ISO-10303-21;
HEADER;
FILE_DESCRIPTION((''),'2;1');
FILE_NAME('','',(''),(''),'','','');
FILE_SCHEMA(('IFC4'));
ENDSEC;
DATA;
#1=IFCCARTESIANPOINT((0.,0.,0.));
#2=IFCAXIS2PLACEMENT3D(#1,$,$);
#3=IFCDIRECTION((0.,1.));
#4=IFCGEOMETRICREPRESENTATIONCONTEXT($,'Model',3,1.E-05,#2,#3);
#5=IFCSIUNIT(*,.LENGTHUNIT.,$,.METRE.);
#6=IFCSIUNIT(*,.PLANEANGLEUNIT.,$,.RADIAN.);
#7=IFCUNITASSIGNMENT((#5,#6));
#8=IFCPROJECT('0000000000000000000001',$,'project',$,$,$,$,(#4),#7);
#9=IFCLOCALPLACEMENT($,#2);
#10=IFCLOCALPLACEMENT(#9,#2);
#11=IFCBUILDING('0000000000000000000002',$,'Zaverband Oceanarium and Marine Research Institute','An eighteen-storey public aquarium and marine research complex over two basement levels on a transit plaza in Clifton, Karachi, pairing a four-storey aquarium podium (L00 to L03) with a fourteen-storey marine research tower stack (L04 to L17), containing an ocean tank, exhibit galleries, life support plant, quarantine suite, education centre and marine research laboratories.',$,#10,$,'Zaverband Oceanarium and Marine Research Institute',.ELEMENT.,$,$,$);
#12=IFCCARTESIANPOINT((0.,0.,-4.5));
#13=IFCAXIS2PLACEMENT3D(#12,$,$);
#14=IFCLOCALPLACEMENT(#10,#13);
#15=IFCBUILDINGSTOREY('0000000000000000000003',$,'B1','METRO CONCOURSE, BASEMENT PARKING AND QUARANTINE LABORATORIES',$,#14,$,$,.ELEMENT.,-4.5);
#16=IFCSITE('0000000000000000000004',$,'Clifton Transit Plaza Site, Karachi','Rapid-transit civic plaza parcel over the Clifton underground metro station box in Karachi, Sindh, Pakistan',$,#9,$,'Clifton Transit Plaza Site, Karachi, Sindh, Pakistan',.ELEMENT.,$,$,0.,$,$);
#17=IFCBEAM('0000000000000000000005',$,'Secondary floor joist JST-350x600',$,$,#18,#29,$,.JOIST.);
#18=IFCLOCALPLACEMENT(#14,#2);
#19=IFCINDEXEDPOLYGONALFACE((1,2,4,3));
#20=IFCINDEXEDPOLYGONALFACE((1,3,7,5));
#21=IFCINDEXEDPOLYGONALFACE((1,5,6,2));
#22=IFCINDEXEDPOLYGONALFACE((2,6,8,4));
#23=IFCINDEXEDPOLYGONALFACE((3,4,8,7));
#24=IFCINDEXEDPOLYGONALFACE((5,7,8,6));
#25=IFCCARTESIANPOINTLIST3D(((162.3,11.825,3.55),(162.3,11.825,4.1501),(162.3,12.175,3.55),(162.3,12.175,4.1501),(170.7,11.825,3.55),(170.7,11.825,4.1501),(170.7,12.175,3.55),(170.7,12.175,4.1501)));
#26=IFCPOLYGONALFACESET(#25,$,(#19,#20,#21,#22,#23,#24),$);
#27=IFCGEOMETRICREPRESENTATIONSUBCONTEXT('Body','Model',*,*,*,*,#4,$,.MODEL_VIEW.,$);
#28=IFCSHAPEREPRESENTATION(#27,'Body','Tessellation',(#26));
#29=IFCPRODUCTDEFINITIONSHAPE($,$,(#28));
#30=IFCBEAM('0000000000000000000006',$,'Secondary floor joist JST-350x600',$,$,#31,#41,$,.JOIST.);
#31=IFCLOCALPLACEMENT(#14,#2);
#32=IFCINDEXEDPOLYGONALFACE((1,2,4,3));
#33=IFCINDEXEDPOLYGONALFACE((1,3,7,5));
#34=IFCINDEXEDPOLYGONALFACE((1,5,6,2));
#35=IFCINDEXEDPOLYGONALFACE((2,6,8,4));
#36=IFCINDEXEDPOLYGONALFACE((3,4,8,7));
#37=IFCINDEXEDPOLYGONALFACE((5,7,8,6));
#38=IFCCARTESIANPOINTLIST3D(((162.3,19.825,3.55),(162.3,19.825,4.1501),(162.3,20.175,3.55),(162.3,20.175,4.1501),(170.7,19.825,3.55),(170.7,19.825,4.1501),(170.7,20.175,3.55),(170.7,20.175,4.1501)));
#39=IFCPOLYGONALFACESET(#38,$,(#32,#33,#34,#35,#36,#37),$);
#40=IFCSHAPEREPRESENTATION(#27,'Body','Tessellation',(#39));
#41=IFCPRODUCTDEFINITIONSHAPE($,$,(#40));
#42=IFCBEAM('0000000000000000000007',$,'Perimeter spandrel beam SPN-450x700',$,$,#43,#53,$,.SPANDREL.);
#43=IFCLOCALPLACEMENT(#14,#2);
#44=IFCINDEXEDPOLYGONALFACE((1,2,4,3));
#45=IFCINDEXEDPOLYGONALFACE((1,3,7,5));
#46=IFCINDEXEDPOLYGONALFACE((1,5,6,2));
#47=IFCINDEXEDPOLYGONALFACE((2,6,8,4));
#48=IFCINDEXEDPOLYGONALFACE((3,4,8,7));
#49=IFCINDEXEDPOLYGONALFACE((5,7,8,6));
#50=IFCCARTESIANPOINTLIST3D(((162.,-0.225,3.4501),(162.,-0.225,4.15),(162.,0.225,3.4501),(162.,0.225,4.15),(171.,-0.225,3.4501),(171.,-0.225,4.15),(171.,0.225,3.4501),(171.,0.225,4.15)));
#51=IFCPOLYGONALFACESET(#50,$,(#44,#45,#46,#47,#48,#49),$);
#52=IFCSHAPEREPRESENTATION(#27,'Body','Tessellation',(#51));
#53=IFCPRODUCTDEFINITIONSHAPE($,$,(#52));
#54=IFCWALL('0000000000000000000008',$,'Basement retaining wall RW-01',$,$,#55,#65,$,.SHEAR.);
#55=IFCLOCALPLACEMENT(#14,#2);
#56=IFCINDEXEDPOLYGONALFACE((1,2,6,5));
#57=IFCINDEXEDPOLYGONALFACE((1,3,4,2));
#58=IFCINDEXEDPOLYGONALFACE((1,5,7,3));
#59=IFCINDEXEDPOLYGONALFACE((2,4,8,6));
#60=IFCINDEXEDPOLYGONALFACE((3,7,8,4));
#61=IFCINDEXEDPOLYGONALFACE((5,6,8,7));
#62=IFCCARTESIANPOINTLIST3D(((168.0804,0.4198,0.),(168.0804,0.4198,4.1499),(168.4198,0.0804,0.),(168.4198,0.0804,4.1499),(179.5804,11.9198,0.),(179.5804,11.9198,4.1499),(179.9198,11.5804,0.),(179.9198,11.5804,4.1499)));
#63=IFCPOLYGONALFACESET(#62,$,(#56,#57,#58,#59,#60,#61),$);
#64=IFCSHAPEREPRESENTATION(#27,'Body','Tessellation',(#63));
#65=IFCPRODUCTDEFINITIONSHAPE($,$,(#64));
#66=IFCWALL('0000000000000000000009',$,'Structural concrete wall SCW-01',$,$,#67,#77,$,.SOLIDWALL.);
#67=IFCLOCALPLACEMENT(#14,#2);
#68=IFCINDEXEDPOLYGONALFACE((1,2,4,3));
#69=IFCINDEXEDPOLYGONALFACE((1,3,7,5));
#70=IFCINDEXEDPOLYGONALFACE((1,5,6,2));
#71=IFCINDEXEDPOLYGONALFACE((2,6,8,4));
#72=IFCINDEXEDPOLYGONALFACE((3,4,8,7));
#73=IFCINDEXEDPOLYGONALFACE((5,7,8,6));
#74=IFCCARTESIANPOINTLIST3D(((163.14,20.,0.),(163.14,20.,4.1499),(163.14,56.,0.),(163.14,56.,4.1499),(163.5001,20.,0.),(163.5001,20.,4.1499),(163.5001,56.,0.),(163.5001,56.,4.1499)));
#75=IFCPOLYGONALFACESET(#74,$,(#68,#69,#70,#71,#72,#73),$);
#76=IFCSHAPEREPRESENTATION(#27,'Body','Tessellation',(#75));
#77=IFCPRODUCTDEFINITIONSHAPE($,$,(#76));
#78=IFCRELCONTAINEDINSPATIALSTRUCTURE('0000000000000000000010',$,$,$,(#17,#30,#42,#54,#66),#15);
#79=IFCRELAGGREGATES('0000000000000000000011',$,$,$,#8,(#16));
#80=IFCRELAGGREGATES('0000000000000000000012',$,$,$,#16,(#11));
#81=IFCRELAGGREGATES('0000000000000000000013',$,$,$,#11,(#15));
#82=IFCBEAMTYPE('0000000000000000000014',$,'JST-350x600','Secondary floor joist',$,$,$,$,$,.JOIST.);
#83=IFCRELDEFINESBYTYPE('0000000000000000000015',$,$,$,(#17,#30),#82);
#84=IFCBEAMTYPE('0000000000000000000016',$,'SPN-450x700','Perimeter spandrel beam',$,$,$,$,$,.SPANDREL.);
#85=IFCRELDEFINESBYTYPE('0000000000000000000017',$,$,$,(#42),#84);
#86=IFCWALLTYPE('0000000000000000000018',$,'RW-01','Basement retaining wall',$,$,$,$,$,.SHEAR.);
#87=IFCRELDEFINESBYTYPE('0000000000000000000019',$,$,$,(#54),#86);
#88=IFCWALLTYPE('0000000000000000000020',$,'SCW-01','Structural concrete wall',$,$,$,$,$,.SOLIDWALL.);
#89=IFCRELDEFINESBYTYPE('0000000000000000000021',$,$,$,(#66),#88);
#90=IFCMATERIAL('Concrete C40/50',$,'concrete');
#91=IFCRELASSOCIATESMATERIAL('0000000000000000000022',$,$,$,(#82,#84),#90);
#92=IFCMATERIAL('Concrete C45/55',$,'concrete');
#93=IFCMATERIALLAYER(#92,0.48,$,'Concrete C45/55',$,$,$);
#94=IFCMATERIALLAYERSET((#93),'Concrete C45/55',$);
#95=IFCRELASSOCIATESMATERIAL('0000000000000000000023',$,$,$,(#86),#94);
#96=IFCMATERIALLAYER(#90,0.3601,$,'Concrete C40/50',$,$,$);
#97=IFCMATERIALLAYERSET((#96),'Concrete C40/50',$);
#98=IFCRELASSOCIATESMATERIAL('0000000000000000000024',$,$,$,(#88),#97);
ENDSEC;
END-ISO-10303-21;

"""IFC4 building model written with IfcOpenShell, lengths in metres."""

from ifc_helpers import new_model, si_unit, direction, frame, frame_2d, origin, origin_2d, place, context, subcontext, project, spatial, rectangle, extrude, material, layer, layer_set, material_profile, profile_set, type_object, element, save


model = new_model("IFC4")

# Units and contexts
model_context = context("Model", 3, precision=1e-05, world=origin(), true_north=direction((0.0, 1.0)))
body_context = subcontext(model_context, "Body", "Model", "MODEL_VIEW")
ifc_project = project(units=[si_unit("LENGTHUNIT", "METRE"), si_unit("PLANEANGLEUNIT", "RADIAN")], contexts=[model_context])

# Site, building, storey
site_placement = place(None, origin())
site = spatial("IfcSite", under=ifc_project, at=site_placement, Name="Clifton Transit Plaza Site, Karachi", Description="Rapid-transit civic plaza parcel over the Clifton underground metro station box in Karachi, Sindh, Pakistan", LongName="Clifton Transit Plaza Site, Karachi, Sindh, Pakistan", CompositionType="ELEMENT", RefElevation=0.0)
building_placement = place(site_placement, origin())
building = spatial("IfcBuilding", under=site, at=building_placement, Name="Zaverband Oceanarium and Marine Research Institute", Description="An eighteen-storey public aquarium and marine research complex over two basement levels on a transit plaza in Clifton, Karachi, pairing a four-storey aquarium podium (L00 to L03) with a fourteen-storey marine research tower stack (L04 to L17), containing an ocean tank, exhibit galleries, life support plant, quarantine suite, education centre and marine research laboratories.", LongName="Zaverband Oceanarium and Marine Research Institute", CompositionType="ELEMENT")
storey_placement = place(building_placement, frame((0.0, 0.0, -4.5)))
storey = spatial("IfcBuildingStorey", under=building, at=storey_placement, Name="B1", Description="METRO CONCOURSE, BASEMENT PARKING AND QUARANTINE LABORATORIES", CompositionType="ELEMENT", Elevation=-4.5)

# Beams
ifc_material_1 = material(Name="Concrete C40/50", Category="concrete")
ifc_material_profile_1 = material_profile(ifc_material_1, rectangle(XDim=0.3501, YDim=0.6001, at=origin_2d()), Name="RC350x600")
ifc_profile_set_1 = profile_set([ifc_material_profile_1], Name="Concrete C40/50")
beam_type_1 = type_object("IfcBeamType", Name="JST-350x600", Description="Secondary floor joist", PredefinedType="JOIST", material=ifc_profile_set_1)
for number, where, z_axis, x_axis, name in (
    (1, (162.3, 12.0, 3.8501), (1.0, 0.0, 0.0), (0.0, 1.0, 0.0), "Secondary floor joist JST-350x600"),
    (2, (162.3, 20.0, 3.8501), (1.0, 0.0, 0.0), (0.0, 1.0, 0.0), "Secondary floor joist JST-350x600"),
):
    element("IfcBeam", number, at=place(storey_placement, frame(where, z_axis=z_axis, x_axis=x_axis)), inside=storey, type_object=beam_type_1, Name=name, PredefinedType="JOIST", context=body_context, shape_type="SweptSolid", body=[
        extrude(rectangle(XDim=0.3501, YDim=0.6001, at=origin_2d()), origin(), (0.0, 0.0, 1.0), 8.3999),
    ])
ifc_material_profile_2 = material_profile(ifc_material_1, rectangle(XDim=0.45, YDim=0.7, at=origin_2d()), Name="RC450x700")
ifc_profile_set_2 = profile_set([ifc_material_profile_2], Name="Concrete C40/50")
beam_type_2 = type_object("IfcBeamType", Name="SPN-450x700", Description="Perimeter spandrel beam", PredefinedType="SPANDREL", material=ifc_profile_set_2)
beam_placement = place(storey_placement, frame((162.0, 0.0, 3.8), z_axis=(1.0, 0.0, 0.0), x_axis=(0.0, 1.0, 0.0)))
element("IfcBeam", 3, at=beam_placement, inside=storey, type_object=beam_type_2, Name="Perimeter spandrel beam SPN-450x700", PredefinedType="SPANDREL", context=body_context, shape_type="SweptSolid", body=[
    extrude(rectangle(XDim=0.45, YDim=0.7, at=origin_2d()), origin(), (0.0, 0.0, 1.0), 9.0),
])

# Walls
ifc_material_2 = material(Name="Concrete C45/55", Category="concrete")
ifc_layer_1 = layer(ifc_material_2, 0.48, Name="Concrete C45/55")
ifc_layer_set_1 = layer_set([ifc_layer_1], Name="Concrete C45/55")
wall_type_1 = type_object("IfcWallType", Name="RW-01", Description="Basement retaining wall", PredefinedType="SHEAR", material=ifc_layer_set_1)
wall_1_placement = place(storey_placement, frame((168.25, 0.25, 0.0), z_axis=(0.0, 0.0, 1.0), x_axis=(0.707107, 0.707107, 0.0)))
element("IfcWall", 4, at=wall_1_placement, inside=storey, type_object=wall_type_1, Name="Basement retaining wall RW-01", PredefinedType="SHEAR", context=body_context, shape_type="SweptSolid", body=[
    extrude(rectangle(XDim=16.2634, YDim=0.48, at=frame_2d((8.1318, 0.0))), origin(), (0.0, 0.0, 1.0), 4.1499),
])
ifc_layer_2 = layer(ifc_material_1, 0.3601, Name="Concrete C40/50")
ifc_layer_set_2 = layer_set([ifc_layer_2], Name="Concrete C40/50")
wall_type_2 = type_object("IfcWallType", Name="SCW-01", Description="Structural concrete wall", PredefinedType="SOLIDWALL", material=ifc_layer_set_2)
wall_2_placement = place(storey_placement, frame((163.3201, 20.0, 0.0), z_axis=(0.0, 0.0, 1.0), x_axis=(0.0, 1.0, 0.0)))
element("IfcWall", 5, at=wall_2_placement, inside=storey, type_object=wall_type_2, Name="Structural concrete wall SCW-01", PredefinedType="SOLIDWALL", context=body_context, shape_type="SweptSolid", body=[
    extrude(rectangle(XDim=36.0, YDim=0.3601, at=frame_2d((18.0, 0.0))), origin(), (0.0, 0.0, 1.0), 4.1499),
])

save(model, "model.ifc")
